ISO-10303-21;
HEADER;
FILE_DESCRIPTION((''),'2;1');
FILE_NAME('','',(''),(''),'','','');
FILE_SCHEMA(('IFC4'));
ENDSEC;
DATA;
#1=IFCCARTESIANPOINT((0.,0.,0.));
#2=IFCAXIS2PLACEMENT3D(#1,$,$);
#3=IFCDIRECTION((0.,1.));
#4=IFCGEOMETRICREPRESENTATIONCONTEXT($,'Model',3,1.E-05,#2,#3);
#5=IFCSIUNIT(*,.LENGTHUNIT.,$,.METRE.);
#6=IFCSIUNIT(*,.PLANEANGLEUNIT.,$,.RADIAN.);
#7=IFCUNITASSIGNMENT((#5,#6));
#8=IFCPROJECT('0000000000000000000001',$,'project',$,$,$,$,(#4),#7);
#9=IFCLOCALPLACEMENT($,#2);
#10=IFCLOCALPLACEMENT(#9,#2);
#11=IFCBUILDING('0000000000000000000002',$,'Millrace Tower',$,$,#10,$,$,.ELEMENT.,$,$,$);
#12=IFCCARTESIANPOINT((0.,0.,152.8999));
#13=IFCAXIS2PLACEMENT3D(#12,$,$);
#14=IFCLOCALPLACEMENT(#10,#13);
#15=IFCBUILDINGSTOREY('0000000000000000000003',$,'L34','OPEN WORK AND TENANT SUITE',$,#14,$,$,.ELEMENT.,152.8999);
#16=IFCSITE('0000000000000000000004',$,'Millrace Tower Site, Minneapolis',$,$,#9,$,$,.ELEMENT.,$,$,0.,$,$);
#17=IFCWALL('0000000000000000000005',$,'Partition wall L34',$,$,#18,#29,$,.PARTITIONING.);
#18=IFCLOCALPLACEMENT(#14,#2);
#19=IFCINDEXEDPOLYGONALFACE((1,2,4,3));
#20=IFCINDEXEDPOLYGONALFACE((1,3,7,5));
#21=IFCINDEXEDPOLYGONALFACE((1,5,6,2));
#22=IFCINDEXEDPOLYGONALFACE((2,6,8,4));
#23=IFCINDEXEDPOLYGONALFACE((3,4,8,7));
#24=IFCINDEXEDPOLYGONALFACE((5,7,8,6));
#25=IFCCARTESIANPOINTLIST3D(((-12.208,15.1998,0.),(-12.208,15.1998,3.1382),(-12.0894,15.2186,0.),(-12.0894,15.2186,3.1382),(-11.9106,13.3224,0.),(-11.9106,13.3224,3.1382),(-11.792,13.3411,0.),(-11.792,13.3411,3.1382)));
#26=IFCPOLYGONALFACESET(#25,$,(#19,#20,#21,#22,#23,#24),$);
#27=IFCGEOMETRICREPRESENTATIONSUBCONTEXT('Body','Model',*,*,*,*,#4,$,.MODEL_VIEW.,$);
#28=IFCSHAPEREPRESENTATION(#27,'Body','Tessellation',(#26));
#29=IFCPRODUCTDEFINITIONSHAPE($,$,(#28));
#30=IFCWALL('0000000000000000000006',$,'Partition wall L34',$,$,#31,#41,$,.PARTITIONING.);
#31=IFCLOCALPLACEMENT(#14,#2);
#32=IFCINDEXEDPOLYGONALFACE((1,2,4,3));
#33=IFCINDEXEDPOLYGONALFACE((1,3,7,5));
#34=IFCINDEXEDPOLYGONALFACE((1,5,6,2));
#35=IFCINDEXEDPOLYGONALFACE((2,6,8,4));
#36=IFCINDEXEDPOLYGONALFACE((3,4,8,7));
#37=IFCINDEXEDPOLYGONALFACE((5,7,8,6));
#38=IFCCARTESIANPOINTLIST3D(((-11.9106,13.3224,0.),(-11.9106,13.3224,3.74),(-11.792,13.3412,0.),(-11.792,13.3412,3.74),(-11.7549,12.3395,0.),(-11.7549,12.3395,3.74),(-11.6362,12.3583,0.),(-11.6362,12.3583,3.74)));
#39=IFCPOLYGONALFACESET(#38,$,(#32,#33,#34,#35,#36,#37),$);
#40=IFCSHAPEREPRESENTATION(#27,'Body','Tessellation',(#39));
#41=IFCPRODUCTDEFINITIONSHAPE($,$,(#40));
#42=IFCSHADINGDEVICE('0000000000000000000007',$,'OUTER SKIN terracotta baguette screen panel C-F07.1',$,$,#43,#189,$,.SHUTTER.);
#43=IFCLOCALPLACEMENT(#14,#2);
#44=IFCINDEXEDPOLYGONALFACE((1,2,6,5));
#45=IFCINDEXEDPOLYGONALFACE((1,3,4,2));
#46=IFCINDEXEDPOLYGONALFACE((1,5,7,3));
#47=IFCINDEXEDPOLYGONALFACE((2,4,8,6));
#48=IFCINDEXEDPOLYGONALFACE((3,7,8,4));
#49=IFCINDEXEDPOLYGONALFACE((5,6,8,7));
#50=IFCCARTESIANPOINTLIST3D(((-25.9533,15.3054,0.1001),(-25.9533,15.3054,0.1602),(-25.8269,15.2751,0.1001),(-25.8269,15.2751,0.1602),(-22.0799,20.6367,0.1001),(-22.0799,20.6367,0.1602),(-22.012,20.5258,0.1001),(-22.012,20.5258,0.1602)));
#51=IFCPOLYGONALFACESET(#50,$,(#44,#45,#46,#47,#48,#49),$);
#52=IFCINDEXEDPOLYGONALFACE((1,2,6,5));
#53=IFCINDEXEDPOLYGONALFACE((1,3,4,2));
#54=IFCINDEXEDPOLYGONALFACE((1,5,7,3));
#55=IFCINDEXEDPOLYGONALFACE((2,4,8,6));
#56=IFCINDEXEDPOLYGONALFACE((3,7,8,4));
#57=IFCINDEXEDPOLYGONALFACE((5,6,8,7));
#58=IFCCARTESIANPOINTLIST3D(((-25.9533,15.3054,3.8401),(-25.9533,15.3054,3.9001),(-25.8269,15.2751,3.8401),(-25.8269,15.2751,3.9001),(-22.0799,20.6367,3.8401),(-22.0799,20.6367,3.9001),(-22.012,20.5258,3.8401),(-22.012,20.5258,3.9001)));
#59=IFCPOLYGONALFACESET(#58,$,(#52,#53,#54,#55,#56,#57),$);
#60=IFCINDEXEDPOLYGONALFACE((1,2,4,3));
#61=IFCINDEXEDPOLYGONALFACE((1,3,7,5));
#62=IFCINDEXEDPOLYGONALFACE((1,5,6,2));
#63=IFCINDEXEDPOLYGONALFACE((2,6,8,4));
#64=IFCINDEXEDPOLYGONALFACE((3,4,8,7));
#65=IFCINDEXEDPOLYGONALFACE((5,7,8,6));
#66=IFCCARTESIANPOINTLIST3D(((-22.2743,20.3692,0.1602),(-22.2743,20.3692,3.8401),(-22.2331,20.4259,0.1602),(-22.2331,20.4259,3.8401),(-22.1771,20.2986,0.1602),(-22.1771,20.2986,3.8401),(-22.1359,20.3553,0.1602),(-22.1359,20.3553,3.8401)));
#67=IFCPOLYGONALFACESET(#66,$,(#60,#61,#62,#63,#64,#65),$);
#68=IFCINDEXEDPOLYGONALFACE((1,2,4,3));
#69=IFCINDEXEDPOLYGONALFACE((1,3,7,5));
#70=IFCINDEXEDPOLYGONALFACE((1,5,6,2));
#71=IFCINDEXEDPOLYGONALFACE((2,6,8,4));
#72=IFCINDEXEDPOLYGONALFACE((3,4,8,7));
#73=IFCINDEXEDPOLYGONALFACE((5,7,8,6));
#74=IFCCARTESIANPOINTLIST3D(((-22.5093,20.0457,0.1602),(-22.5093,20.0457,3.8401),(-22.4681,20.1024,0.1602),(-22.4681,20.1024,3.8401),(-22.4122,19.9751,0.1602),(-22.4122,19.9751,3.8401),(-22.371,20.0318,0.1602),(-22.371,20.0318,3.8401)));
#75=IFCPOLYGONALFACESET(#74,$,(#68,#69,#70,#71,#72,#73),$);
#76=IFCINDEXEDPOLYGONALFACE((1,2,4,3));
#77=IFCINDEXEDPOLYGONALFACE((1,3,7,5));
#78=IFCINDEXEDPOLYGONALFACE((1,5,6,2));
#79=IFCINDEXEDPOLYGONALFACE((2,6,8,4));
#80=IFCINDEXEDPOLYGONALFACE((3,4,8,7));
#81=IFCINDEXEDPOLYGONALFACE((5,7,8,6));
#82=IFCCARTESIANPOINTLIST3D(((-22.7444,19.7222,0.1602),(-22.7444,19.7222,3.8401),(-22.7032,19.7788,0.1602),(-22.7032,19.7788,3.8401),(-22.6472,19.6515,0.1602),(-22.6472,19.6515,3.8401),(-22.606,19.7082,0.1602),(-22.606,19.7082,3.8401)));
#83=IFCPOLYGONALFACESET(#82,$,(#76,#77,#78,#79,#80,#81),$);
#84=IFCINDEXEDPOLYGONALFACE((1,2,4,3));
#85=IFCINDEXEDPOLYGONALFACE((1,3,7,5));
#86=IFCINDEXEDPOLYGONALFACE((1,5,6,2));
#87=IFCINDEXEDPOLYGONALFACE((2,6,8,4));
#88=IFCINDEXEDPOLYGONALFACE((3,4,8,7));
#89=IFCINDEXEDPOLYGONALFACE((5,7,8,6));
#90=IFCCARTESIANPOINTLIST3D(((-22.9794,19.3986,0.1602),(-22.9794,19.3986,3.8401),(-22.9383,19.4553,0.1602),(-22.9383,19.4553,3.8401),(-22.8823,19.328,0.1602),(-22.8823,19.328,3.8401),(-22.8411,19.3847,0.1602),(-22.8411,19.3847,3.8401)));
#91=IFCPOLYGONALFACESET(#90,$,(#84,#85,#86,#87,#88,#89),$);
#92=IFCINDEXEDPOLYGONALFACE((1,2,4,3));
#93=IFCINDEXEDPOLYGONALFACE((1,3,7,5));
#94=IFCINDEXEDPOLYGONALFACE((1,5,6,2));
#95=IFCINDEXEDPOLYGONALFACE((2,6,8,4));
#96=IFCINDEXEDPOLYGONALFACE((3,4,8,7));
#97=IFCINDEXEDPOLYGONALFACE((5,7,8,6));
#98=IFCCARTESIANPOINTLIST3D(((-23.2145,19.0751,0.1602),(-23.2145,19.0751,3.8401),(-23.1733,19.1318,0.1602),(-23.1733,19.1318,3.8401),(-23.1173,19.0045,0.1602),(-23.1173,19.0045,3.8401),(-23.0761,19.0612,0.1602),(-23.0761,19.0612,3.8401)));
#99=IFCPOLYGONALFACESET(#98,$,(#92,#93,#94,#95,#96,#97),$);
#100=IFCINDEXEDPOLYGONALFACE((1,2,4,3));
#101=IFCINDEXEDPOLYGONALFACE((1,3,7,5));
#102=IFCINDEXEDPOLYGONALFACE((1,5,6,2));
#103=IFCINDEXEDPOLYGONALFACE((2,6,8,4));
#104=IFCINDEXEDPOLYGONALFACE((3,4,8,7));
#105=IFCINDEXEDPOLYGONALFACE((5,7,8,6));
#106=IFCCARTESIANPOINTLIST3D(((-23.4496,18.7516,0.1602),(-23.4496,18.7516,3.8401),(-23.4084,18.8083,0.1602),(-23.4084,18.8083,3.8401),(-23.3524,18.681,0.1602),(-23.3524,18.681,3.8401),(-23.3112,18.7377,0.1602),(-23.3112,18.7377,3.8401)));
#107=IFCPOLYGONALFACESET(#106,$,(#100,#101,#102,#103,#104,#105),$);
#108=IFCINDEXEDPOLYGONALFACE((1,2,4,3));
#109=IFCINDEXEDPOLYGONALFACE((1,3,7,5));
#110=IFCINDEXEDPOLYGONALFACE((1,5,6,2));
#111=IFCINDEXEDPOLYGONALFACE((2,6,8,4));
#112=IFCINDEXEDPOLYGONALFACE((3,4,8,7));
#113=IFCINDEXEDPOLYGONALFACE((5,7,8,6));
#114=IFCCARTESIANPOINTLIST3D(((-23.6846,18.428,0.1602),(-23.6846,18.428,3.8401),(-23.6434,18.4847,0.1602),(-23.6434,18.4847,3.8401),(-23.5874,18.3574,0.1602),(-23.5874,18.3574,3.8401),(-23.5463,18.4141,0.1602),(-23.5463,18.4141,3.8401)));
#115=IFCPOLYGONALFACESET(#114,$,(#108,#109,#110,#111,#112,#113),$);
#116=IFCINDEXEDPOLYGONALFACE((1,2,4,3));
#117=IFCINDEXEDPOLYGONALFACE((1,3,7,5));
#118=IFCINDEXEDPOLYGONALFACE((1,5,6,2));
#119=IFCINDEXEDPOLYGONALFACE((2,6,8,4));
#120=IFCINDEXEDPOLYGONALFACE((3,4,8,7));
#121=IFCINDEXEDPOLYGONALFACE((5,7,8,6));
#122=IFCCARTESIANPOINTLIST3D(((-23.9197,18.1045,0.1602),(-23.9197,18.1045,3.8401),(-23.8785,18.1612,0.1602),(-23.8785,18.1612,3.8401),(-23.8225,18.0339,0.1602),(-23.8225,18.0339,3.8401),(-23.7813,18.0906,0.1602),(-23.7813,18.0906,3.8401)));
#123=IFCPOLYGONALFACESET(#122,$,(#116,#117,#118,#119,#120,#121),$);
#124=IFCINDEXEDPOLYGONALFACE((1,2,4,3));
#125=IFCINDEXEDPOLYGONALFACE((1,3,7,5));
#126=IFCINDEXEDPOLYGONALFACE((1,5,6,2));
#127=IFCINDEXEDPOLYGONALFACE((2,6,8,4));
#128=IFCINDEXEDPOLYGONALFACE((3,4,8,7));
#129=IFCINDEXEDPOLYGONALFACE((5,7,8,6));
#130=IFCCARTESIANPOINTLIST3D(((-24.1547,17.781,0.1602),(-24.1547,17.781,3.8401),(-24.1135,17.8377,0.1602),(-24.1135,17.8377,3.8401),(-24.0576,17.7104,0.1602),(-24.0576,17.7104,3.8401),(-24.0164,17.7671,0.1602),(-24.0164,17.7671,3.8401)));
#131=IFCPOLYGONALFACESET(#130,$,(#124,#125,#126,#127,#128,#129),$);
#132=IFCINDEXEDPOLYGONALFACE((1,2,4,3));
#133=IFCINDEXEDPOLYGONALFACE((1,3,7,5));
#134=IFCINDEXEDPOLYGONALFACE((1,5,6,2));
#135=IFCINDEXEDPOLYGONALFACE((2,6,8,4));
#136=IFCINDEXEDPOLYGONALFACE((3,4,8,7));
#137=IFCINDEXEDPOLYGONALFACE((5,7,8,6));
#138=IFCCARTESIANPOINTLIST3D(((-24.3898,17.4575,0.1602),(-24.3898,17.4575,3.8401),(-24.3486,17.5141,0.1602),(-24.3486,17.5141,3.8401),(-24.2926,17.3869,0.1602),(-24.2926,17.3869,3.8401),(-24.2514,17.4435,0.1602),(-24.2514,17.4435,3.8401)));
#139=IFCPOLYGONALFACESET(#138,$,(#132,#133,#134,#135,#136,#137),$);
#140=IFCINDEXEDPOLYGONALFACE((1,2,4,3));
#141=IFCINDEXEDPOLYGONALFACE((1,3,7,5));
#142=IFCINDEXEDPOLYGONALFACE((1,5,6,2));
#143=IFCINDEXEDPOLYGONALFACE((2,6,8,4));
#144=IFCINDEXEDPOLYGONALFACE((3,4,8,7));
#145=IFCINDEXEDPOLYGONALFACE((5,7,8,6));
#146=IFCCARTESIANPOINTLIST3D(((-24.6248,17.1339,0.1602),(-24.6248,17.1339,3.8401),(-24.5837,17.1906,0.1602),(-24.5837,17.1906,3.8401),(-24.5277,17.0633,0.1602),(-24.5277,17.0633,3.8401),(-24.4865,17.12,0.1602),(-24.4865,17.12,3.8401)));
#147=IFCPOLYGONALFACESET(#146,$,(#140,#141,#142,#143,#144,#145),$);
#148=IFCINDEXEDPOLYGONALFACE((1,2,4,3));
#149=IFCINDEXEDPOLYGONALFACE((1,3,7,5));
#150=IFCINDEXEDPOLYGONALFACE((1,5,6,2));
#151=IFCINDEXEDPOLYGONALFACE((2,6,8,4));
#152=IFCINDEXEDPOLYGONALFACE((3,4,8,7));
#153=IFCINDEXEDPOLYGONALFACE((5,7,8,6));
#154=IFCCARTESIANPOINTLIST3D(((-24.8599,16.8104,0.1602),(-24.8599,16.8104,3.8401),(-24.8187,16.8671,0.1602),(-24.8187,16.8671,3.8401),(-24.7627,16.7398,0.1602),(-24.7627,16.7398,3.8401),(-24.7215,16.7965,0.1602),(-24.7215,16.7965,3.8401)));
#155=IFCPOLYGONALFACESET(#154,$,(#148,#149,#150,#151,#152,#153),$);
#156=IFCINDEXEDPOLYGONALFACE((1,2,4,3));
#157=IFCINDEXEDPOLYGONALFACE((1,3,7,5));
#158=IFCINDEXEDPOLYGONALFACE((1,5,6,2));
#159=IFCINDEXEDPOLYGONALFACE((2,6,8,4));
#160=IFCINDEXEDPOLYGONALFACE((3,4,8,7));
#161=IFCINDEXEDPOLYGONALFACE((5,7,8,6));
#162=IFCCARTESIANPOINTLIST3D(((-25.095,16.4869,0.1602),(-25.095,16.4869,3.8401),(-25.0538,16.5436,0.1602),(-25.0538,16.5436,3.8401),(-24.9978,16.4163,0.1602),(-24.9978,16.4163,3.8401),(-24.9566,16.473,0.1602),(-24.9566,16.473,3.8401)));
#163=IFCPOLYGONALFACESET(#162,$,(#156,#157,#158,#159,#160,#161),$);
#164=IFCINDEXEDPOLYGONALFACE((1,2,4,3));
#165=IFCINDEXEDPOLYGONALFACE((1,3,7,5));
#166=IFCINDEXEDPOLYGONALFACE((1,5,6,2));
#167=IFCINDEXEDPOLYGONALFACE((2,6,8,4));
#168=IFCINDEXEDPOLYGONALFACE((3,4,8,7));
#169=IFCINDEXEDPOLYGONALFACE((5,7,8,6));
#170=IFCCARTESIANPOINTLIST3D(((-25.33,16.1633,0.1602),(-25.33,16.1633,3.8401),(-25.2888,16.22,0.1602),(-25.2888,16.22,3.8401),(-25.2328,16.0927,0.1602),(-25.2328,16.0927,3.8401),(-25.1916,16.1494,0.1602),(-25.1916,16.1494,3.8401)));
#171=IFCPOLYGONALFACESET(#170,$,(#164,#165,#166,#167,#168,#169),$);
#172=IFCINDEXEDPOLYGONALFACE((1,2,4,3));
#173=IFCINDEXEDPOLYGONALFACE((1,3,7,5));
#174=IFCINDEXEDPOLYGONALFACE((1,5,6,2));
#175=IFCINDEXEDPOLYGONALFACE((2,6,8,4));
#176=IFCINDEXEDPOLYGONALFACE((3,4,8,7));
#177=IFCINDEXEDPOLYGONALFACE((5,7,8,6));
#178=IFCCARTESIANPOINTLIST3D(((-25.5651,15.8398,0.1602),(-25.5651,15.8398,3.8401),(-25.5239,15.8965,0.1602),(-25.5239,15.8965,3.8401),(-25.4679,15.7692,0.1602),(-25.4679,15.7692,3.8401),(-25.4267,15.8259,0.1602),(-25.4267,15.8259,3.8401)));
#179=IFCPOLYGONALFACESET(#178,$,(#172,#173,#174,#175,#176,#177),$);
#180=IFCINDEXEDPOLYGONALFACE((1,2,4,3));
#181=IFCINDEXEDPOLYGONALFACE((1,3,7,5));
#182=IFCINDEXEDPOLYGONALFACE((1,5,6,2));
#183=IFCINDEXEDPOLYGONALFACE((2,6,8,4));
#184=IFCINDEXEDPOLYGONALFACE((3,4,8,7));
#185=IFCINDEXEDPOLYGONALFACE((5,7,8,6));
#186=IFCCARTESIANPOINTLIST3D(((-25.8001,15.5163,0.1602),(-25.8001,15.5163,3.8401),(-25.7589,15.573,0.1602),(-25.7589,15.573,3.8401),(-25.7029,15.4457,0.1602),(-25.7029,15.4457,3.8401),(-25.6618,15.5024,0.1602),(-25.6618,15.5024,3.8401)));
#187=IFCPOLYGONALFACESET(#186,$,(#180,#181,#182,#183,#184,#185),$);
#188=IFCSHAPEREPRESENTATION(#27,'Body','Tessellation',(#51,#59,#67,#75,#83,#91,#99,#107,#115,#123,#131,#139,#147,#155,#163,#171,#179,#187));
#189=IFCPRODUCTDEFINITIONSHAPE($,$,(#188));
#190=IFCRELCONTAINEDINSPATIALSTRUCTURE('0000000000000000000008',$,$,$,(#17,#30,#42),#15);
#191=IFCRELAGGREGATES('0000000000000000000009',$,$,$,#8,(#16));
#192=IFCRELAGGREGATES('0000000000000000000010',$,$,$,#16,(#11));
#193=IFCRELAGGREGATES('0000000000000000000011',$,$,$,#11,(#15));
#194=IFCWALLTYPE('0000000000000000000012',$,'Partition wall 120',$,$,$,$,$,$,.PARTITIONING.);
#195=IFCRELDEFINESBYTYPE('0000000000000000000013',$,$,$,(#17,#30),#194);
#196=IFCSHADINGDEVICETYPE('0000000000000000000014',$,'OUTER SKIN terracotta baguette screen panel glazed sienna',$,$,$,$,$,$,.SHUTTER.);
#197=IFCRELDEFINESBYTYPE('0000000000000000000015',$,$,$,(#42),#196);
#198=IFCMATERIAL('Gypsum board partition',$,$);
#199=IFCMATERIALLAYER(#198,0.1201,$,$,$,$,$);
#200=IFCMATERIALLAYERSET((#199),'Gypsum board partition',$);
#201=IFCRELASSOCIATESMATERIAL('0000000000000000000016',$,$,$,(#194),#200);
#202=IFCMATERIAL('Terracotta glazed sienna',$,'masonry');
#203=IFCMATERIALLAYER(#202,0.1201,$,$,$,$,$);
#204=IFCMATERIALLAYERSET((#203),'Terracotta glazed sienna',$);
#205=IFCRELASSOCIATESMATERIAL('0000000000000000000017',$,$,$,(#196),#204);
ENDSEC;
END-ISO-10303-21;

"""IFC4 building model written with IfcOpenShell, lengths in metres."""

from ifc_helpers import new_model, entity, si_unit, direction, frame, frame_2d, origin, place, context, subcontext, project, spatial, rectangle, extrude, source, transform, mapped, material, layer, layer_set, type_object, element, save


model = new_model("IFC4")

# Units and contexts
model_context = context("Model", 3, precision=1e-05, world=origin(), true_north=direction((0.0, 1.0)))
body_context = subcontext(model_context, "Body", "Model", "MODEL_VIEW")
ifc_project = project(units=[si_unit("LENGTHUNIT", "METRE"), si_unit("PLANEANGLEUNIT", "RADIAN")], contexts=[model_context])

# Site, building, storey
site_placement = place(None, origin())
site = spatial("IfcSite", under=ifc_project, at=site_placement, Name="Millrace Tower Site, Minneapolis", CompositionType="ELEMENT", RefElevation=0.0)
building_placement = place(site_placement, origin())
building = spatial("IfcBuilding", under=site, at=building_placement, Name="Millrace Tower", CompositionType="ELEMENT")
storey_placement = place(building_placement, frame((0.0, 0.0, 152.8999)))
storey = spatial("IfcBuildingStorey", under=building, at=storey_placement, Name="L34", Description="OPEN WORK AND TENANT SUITE", CompositionType="ELEMENT", Elevation=152.8999)

# Walls
ifc_material_1 = material(Name="Gypsum board partition")
ifc_layer_1 = layer(ifc_material_1, 0.1201)
ifc_layer_set_1 = layer_set([ifc_layer_1], Name="Gypsum board partition")
wall_type_1 = type_object("IfcWallType", Name="Partition wall 120", PredefinedType="PARTITIONING", material=ifc_layer_set_1)
wall_1_placement = place(storey_placement, frame((-12.1487, 15.2092, 0.0), z_axis=(0.0, 0.0, 1.0), x_axis=(0.156437, -0.987688, 0.0)))
element("IfcWall", 1, at=wall_1_placement, inside=storey, type_object=wall_type_1, Name="Partition wall L34", PredefinedType="PARTITIONING", context=body_context, shape_type="SweptSolid", body=[
    extrude(rectangle(XDim=1.9009, YDim=0.1201, at=frame_2d((0.9504, 0.0))), origin(), (0.0, 0.0, 1.0), 3.1382),
])
wall_2_placement = place(storey_placement, frame((-11.8513, 13.3318, 0.0), z_axis=(0.0, 0.0, 1.0), x_axis=(0.156517, -0.987675, 0.0)))
element("IfcWall", 2, at=wall_2_placement, inside=storey, type_object=wall_type_1, Name="Partition wall L34", PredefinedType="PARTITIONING", context=body_context, shape_type="SweptSolid", body=[
    extrude(rectangle(XDim=0.9951, YDim=0.1201, at=frame_2d((0.4976, 0.0))), origin(), (0.0, 0.0, 1.0), 3.74),
])

# Shading device
ifc_material_2 = material(Name="Terracotta glazed sienna", Category="masonry")
ifc_layer_2 = layer(ifc_material_2, 0.1201)
ifc_layer_set_2 = layer_set([ifc_layer_2], Name="Terracotta glazed sienna")
shading_device_type = type_object("IfcShadingDeviceType", Name="OUTER SKIN terracotta baguette screen panel glazed sienna", PredefinedType="SHUTTER", material=ifc_layer_set_2)
cartesian_point_1 = entity("IfcCartesianPoint", [-3.2451, 0.0601])
shared_polyline_1 = entity("IfcPolyline", [cartesian_point_1, entity("IfcCartesianPoint", [3.2451, 0.0601]), entity("IfcCartesianPoint", [3.2949, -0.0601]), entity("IfcCartesianPoint", [-3.2949, -0.0601]), cartesian_point_1])
shared_shape_1 = source(origin(), body_context, "Body", "SweptSolid", [
    entity("IfcExtrudedAreaSolid", entity("IfcArbitraryClosedProfileDef", "AREA", None, shared_polyline_1), entity("IfcAxis2Placement3D", entity("IfcCartesianPoint", [0.0, 0.0, 0.0])), entity("IfcDirection", [0.0, 0.0, 1.0]), 0.0601),
    entity("IfcExtrudedAreaSolid", entity("IfcArbitraryClosedProfileDef", "AREA", None, shared_polyline_1), entity("IfcAxis2Placement3D", entity("IfcCartesianPoint", [0.0, 0.0, 3.74])), entity("IfcDirection", [0.0, 0.0, 1.0]), 0.0601),
    extrude(rectangle(XDim=0.0701, YDim=0.1201, at=frame_2d((-2.9993, 0.0))), frame((0.0, 0.0, 0.0601)), (0.0, 0.0, 1.0), 3.6799),
    extrude(rectangle(XDim=0.0701, YDim=0.1201, at=frame_2d((-2.5994, 0.0))), frame((0.0, 0.0, 0.0601)), (0.0, 0.0, 1.0), 3.6799),
    extrude(rectangle(XDim=0.0701, YDim=0.1201, at=frame_2d((-2.1995, 0.0))), frame((0.0, 0.0, 0.0601)), (0.0, 0.0, 1.0), 3.6799),
    extrude(rectangle(XDim=0.0701, YDim=0.1201, at=frame_2d((-1.7996, 0.0))), frame((0.0, 0.0, 0.0601)), (0.0, 0.0, 1.0), 3.6799),
    extrude(rectangle(XDim=0.0701, YDim=0.1201, at=frame_2d((-1.3997, 0.0))), frame((0.0, 0.0, 0.0601)), (0.0, 0.0, 1.0), 3.6799),
    extrude(rectangle(XDim=0.0701, YDim=0.1201, at=frame_2d((-0.9998, 0.0))), frame((0.0, 0.0, 0.0601)), (0.0, 0.0, 1.0), 3.6799),
    extrude(rectangle(XDim=0.0701, YDim=0.1201, at=frame_2d((-0.5999, 0.0))), frame((0.0, 0.0, 0.0601)), (0.0, 0.0, 1.0), 3.6799),
    extrude(rectangle(XDim=0.0701, YDim=0.1201, at=frame_2d((-0.2, 0.0))), frame((0.0, 0.0, 0.0601)), (0.0, 0.0, 1.0), 3.6799),
    extrude(rectangle(XDim=0.0701, YDim=0.1201, at=frame_2d((0.2, 0.0))), frame((0.0, 0.0, 0.0601)), (0.0, 0.0, 1.0), 3.6799),
    extrude(rectangle(XDim=0.0701, YDim=0.1201, at=frame_2d((0.5999, 0.0))), frame((0.0, 0.0, 0.0601)), (0.0, 0.0, 1.0), 3.6799),
    extrude(rectangle(XDim=0.0701, YDim=0.1201, at=frame_2d((0.9998, 0.0))), frame((0.0, 0.0, 0.0601)), (0.0, 0.0, 1.0), 3.6799),
    extrude(rectangle(XDim=0.0701, YDim=0.1201, at=frame_2d((1.3997, 0.0))), frame((0.0, 0.0, 0.0601)), (0.0, 0.0, 1.0), 3.6799),
    extrude(rectangle(XDim=0.0701, YDim=0.1201, at=frame_2d((1.7996, 0.0))), frame((0.0, 0.0, 0.0601)), (0.0, 0.0, 1.0), 3.6799),
    extrude(rectangle(XDim=0.0701, YDim=0.1201, at=frame_2d((2.1995, 0.0))), frame((0.0, 0.0, 0.0601)), (0.0, 0.0, 1.0), 3.6799),
    extrude(rectangle(XDim=0.0701, YDim=0.1201, at=frame_2d((2.5994, 0.0))), frame((0.0, 0.0, 0.0601)), (0.0, 0.0, 1.0), 3.6799),
    extrude(rectangle(XDim=0.0701, YDim=0.1201, at=frame_2d((2.9993, 0.0))), frame((0.0, 0.0, 0.0601)), (0.0, 0.0, 1.0), 3.6799),
])
shading_device_1_placement = place(storey_placement, frame((-23.968, 17.9358, 0.1001), z_axis=(0.0, 0.0, 1.0), x_axis=(-0.587785, -0.809017, 0.0)))
element("IfcShadingDevice", 3, at=shading_device_1_placement, inside=storey, type_object=shading_device_type, Name="OUTER SKIN terracotta baguette screen panel C-F07.1", PredefinedType="SHUTTER", context=body_context, shape_type="MappedRepresentation", body=[
    mapped(shared_shape_1, transform((0.0, 0.0, 0.0), scale=1.0)),
])

save(model, "model.ifc")
